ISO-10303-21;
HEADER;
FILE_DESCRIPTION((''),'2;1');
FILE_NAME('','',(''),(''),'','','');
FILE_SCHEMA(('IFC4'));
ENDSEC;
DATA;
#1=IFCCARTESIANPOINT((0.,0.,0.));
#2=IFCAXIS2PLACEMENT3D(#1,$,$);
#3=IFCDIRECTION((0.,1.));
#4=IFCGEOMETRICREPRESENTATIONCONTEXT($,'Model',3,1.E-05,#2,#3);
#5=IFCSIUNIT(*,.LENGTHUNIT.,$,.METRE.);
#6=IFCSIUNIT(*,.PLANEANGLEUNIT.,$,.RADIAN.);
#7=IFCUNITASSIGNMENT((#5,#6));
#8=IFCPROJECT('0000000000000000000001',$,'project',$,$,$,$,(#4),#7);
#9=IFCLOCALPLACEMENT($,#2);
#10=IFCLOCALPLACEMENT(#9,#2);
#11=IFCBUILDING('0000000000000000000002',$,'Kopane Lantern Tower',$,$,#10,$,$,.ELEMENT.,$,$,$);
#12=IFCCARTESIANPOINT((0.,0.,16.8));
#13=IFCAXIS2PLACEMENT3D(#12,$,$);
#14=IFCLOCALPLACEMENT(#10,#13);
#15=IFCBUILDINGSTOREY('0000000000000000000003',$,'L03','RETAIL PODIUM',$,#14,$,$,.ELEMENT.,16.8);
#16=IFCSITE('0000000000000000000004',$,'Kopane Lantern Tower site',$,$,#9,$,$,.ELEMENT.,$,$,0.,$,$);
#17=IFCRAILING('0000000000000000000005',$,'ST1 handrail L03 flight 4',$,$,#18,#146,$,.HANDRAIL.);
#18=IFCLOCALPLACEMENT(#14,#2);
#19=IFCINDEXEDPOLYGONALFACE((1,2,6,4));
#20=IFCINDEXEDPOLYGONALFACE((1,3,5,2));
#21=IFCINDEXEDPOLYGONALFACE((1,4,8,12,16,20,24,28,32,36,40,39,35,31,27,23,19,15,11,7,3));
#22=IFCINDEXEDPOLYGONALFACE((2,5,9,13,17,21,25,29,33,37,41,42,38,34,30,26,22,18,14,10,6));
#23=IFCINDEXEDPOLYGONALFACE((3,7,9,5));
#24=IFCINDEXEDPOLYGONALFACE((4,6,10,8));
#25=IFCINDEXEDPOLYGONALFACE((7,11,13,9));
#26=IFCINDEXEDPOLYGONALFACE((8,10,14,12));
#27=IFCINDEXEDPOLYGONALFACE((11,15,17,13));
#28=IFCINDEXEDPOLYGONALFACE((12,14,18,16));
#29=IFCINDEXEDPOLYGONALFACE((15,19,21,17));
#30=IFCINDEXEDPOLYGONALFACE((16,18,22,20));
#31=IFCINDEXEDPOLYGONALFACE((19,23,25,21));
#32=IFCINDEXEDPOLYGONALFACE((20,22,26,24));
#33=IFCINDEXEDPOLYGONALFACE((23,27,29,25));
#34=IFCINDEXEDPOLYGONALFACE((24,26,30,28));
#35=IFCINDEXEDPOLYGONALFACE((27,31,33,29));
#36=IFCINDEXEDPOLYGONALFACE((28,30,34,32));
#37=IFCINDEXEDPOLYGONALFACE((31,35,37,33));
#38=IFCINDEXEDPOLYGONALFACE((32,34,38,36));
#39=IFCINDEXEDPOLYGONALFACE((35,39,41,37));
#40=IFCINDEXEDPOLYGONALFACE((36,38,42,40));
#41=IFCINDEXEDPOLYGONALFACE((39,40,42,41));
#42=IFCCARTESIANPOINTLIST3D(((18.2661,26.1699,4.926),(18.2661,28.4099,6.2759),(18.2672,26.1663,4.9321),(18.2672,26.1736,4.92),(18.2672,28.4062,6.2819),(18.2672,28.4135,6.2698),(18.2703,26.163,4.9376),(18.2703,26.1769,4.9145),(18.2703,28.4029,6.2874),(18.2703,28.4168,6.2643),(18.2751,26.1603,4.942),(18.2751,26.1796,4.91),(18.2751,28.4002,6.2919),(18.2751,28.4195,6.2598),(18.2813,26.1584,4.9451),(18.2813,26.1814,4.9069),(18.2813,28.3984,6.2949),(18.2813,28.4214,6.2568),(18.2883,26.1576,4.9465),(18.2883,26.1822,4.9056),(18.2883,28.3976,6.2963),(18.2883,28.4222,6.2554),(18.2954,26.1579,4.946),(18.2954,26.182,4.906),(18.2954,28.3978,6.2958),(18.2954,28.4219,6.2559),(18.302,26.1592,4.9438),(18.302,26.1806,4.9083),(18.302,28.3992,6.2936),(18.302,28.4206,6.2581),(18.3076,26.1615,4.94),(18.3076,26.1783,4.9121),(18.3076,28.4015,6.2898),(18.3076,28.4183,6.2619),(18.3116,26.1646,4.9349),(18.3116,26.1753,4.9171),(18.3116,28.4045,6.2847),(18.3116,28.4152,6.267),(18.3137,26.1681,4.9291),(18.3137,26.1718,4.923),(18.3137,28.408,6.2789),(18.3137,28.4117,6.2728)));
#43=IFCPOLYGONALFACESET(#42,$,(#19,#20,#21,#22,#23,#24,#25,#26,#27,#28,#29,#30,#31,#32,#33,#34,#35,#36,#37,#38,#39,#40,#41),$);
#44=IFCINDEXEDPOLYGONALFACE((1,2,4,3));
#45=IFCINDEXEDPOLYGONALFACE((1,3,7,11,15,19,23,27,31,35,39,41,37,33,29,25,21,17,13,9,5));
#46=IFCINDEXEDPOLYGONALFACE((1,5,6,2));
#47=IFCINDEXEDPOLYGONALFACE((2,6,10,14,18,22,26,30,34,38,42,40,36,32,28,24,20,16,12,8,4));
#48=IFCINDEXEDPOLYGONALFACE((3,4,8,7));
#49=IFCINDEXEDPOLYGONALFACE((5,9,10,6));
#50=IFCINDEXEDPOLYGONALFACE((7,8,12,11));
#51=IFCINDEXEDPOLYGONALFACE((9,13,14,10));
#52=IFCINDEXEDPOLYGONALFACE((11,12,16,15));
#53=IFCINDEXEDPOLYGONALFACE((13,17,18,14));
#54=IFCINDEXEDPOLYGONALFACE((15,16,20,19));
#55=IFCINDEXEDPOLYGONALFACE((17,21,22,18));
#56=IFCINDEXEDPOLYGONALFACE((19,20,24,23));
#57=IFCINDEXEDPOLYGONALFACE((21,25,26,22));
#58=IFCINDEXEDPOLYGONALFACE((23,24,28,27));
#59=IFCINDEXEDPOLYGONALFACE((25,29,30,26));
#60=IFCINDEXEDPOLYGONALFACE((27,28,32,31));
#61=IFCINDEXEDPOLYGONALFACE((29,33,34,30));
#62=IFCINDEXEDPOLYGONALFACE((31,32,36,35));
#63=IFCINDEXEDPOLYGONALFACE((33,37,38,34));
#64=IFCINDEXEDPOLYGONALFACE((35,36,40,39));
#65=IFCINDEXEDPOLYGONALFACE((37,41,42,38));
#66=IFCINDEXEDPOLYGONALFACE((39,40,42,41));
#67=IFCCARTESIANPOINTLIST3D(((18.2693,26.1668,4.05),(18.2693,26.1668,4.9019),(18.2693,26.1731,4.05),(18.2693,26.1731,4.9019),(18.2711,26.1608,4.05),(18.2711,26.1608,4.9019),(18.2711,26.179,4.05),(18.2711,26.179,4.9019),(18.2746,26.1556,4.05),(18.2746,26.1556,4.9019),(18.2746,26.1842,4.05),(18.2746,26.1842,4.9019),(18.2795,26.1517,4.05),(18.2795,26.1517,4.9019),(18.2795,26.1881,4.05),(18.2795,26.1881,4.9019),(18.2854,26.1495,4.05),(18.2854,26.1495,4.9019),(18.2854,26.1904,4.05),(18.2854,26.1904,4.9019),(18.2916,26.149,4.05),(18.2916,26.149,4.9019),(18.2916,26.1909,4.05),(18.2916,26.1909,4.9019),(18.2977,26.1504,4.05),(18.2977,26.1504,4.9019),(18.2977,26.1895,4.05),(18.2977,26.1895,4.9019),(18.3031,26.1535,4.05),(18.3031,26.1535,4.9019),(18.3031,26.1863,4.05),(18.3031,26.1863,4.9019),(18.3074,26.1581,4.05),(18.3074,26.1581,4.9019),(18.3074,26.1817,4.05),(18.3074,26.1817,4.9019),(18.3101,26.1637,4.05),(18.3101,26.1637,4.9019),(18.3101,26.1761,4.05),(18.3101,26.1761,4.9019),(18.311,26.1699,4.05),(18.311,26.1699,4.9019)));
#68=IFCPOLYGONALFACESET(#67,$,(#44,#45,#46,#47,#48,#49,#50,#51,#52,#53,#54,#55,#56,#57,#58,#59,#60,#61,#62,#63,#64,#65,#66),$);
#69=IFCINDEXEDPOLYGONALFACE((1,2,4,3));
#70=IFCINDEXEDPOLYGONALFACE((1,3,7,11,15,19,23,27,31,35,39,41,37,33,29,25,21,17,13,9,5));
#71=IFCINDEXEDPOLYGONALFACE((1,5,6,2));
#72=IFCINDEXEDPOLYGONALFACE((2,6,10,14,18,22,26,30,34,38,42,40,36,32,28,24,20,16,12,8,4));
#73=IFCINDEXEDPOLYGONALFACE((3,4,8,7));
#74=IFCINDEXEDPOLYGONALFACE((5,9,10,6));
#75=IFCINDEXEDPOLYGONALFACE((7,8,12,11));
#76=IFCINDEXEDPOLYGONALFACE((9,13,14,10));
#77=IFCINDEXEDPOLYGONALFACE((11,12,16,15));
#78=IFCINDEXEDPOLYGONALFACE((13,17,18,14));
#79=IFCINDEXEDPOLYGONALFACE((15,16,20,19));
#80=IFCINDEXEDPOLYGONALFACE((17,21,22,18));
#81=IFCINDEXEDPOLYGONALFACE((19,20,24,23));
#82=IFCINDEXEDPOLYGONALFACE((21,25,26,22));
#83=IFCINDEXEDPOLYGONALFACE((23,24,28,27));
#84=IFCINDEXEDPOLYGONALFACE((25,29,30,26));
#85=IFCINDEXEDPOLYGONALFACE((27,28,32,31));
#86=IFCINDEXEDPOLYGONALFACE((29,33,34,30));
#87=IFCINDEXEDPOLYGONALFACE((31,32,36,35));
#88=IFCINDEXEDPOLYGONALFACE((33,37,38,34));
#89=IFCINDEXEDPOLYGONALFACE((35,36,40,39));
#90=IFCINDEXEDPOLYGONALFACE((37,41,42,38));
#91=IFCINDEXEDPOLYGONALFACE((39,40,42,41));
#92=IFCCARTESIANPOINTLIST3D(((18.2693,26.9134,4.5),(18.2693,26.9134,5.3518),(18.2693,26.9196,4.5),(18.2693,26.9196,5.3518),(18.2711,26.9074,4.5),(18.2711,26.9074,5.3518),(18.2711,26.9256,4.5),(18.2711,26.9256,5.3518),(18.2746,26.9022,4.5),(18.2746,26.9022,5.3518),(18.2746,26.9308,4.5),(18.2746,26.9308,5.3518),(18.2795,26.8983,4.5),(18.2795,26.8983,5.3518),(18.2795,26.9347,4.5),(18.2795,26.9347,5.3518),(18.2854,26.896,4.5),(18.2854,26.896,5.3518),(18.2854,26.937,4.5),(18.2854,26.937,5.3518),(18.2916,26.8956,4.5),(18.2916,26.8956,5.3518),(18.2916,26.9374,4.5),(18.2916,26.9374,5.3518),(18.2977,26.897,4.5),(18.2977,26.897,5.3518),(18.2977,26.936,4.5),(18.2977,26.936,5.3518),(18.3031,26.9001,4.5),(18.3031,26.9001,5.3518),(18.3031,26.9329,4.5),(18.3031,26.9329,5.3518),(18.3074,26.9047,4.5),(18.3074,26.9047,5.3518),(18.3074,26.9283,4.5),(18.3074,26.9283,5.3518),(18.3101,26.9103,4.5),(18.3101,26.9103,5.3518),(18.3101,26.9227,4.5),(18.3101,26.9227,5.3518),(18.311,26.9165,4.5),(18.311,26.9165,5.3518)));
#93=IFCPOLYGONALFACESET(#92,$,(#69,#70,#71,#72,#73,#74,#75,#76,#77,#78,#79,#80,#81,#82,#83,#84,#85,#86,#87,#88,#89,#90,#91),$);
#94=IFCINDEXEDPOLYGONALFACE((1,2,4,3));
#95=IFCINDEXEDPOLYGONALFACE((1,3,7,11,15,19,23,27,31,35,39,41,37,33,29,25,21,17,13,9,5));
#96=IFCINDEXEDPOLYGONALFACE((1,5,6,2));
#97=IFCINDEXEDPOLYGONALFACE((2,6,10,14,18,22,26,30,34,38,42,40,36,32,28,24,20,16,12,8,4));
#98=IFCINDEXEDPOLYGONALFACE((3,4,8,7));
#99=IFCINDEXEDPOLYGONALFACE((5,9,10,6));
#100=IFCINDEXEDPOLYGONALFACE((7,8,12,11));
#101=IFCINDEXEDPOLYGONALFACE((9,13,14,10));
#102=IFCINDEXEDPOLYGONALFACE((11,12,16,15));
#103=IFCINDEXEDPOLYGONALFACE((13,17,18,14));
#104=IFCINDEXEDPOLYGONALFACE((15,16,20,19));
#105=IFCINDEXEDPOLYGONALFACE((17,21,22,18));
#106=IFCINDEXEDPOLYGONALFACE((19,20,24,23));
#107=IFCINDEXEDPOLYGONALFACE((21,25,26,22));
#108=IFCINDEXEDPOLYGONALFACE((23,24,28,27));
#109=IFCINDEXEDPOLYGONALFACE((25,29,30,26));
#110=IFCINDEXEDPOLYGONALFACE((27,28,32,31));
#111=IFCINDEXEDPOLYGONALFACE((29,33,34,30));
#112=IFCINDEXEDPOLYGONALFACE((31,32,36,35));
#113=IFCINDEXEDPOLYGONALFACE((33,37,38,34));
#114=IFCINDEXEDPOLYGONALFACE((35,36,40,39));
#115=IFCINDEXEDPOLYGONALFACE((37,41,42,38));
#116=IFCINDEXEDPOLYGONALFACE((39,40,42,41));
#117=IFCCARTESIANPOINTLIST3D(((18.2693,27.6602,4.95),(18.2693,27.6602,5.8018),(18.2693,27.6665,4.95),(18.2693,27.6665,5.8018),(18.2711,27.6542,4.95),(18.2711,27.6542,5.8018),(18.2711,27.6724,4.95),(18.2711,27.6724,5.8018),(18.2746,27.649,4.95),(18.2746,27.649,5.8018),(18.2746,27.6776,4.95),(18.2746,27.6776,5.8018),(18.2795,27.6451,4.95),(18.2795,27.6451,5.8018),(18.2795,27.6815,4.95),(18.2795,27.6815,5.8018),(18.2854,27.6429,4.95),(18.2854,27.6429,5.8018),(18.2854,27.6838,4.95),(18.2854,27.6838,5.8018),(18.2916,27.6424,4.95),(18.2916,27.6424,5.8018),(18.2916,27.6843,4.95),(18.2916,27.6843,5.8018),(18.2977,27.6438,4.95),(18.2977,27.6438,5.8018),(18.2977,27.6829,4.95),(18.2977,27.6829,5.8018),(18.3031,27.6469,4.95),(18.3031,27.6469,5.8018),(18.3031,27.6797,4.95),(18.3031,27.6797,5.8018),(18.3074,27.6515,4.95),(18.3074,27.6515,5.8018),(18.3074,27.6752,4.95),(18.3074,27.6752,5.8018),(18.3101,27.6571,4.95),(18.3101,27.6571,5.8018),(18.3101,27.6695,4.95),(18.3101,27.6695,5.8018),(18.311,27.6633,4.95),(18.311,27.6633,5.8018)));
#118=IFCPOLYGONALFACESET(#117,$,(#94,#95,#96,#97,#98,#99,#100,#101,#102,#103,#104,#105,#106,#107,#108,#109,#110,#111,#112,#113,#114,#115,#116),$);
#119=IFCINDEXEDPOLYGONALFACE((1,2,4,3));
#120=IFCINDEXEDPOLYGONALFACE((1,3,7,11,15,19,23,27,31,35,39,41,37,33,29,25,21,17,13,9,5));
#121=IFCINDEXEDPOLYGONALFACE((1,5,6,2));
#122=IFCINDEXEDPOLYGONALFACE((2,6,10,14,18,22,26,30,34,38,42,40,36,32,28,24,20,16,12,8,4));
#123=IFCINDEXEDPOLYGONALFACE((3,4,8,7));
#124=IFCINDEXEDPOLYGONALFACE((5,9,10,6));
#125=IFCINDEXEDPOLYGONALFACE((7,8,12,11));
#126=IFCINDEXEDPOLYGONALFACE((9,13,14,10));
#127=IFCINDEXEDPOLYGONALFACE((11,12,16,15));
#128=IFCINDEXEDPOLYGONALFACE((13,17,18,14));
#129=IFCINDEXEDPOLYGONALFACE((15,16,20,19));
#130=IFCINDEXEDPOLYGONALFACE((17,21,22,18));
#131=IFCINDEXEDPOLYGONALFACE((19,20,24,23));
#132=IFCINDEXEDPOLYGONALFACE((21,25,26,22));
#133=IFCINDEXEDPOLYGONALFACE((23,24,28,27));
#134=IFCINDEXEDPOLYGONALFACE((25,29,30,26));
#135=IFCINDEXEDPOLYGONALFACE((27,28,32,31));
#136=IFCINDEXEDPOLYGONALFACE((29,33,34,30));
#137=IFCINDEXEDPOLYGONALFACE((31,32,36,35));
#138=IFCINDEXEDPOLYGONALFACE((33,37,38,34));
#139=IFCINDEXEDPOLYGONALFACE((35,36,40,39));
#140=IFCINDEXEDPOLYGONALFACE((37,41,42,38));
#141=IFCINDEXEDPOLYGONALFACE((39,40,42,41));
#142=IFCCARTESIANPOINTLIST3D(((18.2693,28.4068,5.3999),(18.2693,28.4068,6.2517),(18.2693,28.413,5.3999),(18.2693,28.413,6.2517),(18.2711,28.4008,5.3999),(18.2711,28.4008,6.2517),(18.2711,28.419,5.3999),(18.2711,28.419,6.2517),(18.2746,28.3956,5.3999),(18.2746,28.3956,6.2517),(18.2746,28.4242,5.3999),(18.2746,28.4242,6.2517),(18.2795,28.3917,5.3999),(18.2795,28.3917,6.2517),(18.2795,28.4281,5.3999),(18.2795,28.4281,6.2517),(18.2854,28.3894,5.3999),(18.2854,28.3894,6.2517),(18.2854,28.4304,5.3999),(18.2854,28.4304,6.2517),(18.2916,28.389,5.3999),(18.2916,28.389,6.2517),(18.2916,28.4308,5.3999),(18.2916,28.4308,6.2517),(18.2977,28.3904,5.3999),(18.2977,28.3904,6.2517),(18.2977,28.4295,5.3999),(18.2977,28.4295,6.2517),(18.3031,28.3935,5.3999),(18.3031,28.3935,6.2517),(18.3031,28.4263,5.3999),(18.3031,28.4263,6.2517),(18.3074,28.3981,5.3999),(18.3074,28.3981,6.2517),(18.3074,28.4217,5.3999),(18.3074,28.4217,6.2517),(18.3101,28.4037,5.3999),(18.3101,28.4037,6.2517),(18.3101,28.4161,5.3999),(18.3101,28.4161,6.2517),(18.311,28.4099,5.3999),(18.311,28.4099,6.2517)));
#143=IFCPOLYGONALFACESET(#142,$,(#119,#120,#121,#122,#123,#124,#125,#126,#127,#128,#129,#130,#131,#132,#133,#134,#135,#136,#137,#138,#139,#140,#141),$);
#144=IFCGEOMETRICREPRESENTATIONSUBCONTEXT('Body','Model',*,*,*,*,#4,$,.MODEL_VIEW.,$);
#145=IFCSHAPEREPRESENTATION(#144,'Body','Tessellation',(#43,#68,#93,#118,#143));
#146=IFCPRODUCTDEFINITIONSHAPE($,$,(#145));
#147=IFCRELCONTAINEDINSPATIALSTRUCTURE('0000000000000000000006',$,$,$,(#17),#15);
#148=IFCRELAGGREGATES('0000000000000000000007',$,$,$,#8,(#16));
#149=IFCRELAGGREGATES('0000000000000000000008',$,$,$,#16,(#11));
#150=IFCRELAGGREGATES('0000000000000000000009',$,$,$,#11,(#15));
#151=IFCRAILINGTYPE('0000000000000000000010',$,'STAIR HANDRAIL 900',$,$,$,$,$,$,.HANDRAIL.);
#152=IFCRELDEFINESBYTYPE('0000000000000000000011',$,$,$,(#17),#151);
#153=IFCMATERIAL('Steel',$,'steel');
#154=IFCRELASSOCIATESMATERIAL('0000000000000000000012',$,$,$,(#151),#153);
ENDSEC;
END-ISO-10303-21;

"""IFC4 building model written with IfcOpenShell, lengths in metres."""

from ifc_helpers import new_model, si_unit, direction, frame, origin, origin_2d, place, context, subcontext, project, spatial, circle, extrude, material, type_object, element, save


model = new_model("IFC4")

# Units and contexts
model_context = context("Model", 3, precision=1e-05, world=origin(), true_north=direction((0.0, 1.0)))
body_context = subcontext(model_context, "Body", "Model", "MODEL_VIEW")
ifc_project = project(units=[si_unit("LENGTHUNIT", "METRE"), si_unit("PLANEANGLEUNIT", "RADIAN")], contexts=[model_context])

# Site, building, storey
site_placement = place(None, origin())
site = spatial("IfcSite", under=ifc_project, at=site_placement, Name="Kopane Lantern Tower site", CompositionType="ELEMENT", RefElevation=0.0)
building_placement = place(site_placement, origin())
building = spatial("IfcBuilding", under=site, at=building_placement, Name="Kopane Lantern Tower", CompositionType="ELEMENT")
storey_placement = place(building_placement, frame((0.0, 0.0, 16.8)))
storey = spatial("IfcBuildingStorey", under=building, at=storey_placement, Name="L03", Description="RETAIL PODIUM", CompositionType="ELEMENT", Elevation=16.8)

# Railing
ifc_material_1 = material(Name="Steel", Category="steel")
railing_type_1 = type_object("IfcRailingType", Name="STAIR HANDRAIL 900", PredefinedType="HANDRAIL", material=ifc_material_1)
railing_1_placement = place(storey_placement, frame((18.29, 26.1699, 4.05)))
element("IfcRailing", 1, at=railing_1_placement, inside=storey, type_object=railing_type_1, Name="ST1 handrail L03 flight 4", PredefinedType="HANDRAIL", context=body_context, shape_type="SweptSolid", body=[
    extrude(circle(Radius=0.0239, at=origin_2d()), frame((0.0, 0.0, 0.876), z_axis=(0.0, 0.856503, 0.516142), x_axis=(-1.0, 0.0, 0.0)), (0.0, 0.0, 1.0), 2.6152),
    extrude(circle(Radius=0.021, at=origin_2d()), origin(), (0.0, 0.0, 1.0), 0.8518),
    extrude(circle(Radius=0.021, at=origin_2d()), frame((0.0, 0.7466, 0.45)), (0.0, 0.0, 1.0), 0.8518),
    extrude(circle(Radius=0.021, at=origin_2d()), frame((0.0, 1.4934, 0.8999)), (0.0, 0.0, 1.0), 0.8518),
    extrude(circle(Radius=0.021, at=origin_2d()), frame((0.0, 2.24, 1.3499)), (0.0, 0.0, 1.0), 0.8518),
])

save(model, "model.ifc")
